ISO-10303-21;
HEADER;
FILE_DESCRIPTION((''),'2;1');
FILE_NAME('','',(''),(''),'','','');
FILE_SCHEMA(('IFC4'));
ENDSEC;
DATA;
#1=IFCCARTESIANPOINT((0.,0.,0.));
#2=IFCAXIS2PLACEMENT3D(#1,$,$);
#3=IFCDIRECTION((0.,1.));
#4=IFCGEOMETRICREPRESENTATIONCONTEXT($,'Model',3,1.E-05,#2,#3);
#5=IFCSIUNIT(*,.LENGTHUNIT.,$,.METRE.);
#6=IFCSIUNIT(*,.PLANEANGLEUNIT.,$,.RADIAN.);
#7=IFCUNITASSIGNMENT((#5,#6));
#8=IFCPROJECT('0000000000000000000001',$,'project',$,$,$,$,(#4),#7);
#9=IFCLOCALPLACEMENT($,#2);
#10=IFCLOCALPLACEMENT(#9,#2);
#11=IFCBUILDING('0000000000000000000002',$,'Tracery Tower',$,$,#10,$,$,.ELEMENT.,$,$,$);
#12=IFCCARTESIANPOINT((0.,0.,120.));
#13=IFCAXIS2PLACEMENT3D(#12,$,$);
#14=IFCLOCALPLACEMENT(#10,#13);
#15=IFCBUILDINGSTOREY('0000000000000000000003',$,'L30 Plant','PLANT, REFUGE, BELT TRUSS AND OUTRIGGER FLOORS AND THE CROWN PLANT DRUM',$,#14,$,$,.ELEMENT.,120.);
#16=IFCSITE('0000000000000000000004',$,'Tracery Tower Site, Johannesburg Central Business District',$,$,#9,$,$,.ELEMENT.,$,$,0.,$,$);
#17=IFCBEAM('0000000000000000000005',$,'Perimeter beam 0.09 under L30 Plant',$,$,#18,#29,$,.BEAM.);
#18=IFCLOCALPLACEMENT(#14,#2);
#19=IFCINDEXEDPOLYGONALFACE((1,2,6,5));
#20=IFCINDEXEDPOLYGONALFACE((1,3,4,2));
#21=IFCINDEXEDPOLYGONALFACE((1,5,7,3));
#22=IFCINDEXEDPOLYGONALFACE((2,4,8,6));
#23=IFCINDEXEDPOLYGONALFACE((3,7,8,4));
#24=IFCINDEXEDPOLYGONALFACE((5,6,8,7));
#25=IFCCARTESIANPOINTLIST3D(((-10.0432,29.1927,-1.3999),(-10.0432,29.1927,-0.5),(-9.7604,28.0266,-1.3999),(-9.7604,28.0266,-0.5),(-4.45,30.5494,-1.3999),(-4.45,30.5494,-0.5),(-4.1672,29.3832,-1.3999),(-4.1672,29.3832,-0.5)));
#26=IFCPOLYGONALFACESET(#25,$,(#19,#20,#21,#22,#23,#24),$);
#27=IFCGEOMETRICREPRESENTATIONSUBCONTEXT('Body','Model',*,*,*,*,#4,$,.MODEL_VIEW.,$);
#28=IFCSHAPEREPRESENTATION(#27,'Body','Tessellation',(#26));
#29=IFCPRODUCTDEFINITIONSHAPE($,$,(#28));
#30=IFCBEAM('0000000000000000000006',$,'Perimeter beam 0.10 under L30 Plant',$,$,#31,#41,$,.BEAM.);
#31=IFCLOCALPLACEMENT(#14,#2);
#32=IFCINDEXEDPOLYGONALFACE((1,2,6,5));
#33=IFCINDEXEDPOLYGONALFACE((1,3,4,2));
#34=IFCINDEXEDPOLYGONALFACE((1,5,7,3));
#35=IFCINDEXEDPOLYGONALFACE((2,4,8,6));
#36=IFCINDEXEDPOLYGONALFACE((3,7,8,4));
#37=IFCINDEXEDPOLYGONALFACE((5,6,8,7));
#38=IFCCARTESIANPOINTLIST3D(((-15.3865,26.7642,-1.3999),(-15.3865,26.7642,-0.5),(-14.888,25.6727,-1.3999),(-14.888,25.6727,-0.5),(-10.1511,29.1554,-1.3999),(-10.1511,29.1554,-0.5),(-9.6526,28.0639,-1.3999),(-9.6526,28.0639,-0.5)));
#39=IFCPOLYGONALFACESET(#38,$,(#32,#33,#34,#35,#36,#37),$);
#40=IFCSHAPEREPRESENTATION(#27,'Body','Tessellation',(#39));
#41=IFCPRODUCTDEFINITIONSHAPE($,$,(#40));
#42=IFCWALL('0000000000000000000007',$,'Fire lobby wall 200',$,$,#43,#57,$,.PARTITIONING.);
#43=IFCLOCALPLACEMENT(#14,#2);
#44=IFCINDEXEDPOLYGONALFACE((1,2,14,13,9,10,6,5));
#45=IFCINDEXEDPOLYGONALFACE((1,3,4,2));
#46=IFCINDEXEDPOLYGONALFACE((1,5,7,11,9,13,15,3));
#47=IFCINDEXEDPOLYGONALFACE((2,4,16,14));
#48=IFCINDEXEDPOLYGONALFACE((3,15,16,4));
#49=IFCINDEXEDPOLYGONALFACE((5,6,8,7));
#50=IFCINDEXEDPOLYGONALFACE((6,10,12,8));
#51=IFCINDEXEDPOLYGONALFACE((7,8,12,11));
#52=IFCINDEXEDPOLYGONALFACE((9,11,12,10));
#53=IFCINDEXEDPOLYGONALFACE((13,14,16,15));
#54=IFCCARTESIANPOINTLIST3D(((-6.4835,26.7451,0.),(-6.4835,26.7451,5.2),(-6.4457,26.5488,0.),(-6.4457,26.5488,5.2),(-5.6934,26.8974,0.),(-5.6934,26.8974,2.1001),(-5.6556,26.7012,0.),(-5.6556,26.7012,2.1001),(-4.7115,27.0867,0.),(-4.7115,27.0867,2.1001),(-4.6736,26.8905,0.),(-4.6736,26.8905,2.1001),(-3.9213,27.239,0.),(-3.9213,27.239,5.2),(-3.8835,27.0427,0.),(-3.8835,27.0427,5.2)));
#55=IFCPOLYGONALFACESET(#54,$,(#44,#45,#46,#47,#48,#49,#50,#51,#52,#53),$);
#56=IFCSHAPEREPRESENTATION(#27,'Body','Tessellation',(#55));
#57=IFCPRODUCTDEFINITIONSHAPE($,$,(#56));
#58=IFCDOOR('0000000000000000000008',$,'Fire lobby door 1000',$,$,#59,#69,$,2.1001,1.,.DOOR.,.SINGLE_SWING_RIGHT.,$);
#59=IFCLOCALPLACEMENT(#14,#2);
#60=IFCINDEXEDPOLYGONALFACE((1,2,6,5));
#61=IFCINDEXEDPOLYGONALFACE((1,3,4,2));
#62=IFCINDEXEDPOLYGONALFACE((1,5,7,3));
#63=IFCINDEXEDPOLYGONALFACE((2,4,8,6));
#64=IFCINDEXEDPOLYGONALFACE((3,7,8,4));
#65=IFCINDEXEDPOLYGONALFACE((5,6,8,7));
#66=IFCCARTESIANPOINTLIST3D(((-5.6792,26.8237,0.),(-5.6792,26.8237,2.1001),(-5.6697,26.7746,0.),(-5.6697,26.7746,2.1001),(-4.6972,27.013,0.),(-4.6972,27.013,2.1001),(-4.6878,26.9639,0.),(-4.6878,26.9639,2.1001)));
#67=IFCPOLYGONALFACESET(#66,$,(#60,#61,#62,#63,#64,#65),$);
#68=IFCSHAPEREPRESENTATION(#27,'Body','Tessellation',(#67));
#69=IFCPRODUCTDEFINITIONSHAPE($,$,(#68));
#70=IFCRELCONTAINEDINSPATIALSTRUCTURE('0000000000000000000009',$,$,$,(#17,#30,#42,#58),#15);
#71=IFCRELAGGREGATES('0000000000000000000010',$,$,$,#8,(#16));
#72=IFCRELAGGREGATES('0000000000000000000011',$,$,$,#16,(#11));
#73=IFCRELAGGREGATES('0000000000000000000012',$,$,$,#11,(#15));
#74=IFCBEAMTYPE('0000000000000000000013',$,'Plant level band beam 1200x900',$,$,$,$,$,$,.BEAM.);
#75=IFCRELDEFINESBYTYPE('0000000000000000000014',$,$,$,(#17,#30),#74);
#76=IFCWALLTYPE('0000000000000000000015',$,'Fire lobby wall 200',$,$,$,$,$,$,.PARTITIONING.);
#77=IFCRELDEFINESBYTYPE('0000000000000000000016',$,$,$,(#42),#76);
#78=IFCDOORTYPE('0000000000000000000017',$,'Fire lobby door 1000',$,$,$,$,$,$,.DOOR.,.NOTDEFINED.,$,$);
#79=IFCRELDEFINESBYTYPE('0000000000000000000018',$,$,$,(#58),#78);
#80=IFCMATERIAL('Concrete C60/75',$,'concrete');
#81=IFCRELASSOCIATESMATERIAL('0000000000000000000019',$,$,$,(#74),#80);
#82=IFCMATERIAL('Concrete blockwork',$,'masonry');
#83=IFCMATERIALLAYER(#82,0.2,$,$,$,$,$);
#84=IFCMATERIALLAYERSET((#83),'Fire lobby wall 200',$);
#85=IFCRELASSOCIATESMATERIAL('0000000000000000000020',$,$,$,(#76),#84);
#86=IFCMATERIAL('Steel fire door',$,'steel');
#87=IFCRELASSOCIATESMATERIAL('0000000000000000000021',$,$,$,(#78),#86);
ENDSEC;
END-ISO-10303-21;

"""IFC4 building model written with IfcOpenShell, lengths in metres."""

from ifc_helpers import new_model, si_unit, direction, frame, frame_2d, origin, origin_2d, place, context, subcontext, project, spatial, rectangle, extrude, material, layer, layer_set, material_profile, profile_set, type_object, element, fill, save


model = new_model("IFC4")

# Units and contexts
model_context = context("Model", 3, precision=1e-05, world=origin(), true_north=direction((0.0, 1.0)))
body_context = subcontext(model_context, "Body", "Model", "MODEL_VIEW")
ifc_project = project(units=[si_unit("LENGTHUNIT", "METRE"), si_unit("PLANEANGLEUNIT", "RADIAN")], contexts=[model_context])

# Site, building, storey
site_placement = place(None, origin())
site = spatial("IfcSite", under=ifc_project, at=site_placement, Name="Tracery Tower Site, Johannesburg Central Business District", CompositionType="ELEMENT", RefElevation=0.0)
building_placement = place(site_placement, origin())
building = spatial("IfcBuilding", under=site, at=building_placement, Name="Tracery Tower", CompositionType="ELEMENT")
storey_placement = place(building_placement, frame((0.0, 0.0, 120.0)))
storey = spatial("IfcBuildingStorey", under=building, at=storey_placement, Name="L30 Plant", Description="PLANT, REFUGE, BELT TRUSS AND OUTRIGGER FLOORS AND THE CROWN PLANT DRUM", CompositionType="ELEMENT", Elevation=120.0)

# Beams
ifc_material_1 = material(Name="Concrete C60/75", Category="concrete")
ifc_material_profile_1 = material_profile(ifc_material_1, rectangle(XDim=1.2, YDim=0.8999, at=origin_2d()), Name="RC 1200x900")
ifc_profile_set_1 = profile_set([ifc_material_profile_1], Name="Concrete C60/75")
beam_type = type_object("IfcBeamType", Name="Plant level band beam 1200x900", PredefinedType="BEAM", material=ifc_profile_set_1)
beam_1_placement = place(storey_placement, frame((-4.3086, 29.9663, -0.95), z_axis=(-0.97182, -0.235723, 0.0), x_axis=(0.235723, -0.97182, 0.0)))
element("IfcBeam", 1, at=beam_1_placement, inside=storey, type_object=beam_type, Name="Perimeter beam 0.09 under L30 Plant", PredefinedType="BEAM", context=body_context, shape_type="SweptSolid", body=[
    extrude(rectangle(XDim=1.2, YDim=0.8999, at=origin_2d()), origin(), (0.0, 0.0, 1.0), 5.7554),
])
beam_2_placement = place(storey_placement, frame((-9.9019, 28.6096, -0.95), z_axis=(-0.909618, -0.415445, 0.0), x_axis=(0.415445, -0.909618, 0.0)))
element("IfcBeam", 2, at=beam_2_placement, inside=storey, type_object=beam_type, Name="Perimeter beam 0.10 under L30 Plant", PredefinedType="BEAM", context=body_context, shape_type="SweptSolid", body=[
    extrude(rectangle(XDim=1.2, YDim=0.8999, at=origin_2d()), origin(), (0.0, 0.0, 1.0), 5.7556),
])

# Wall, opening, door
ifc_material_2 = material(Name="Concrete blockwork", Category="masonry")
ifc_layer_1 = layer(ifc_material_2, 0.2)
ifc_layer_set_1 = layer_set([ifc_layer_1], Name="Fire lobby wall 200")
wall_type_1 = type_object("IfcWallType", Name="Fire lobby wall 200", PredefinedType="PARTITIONING", material=ifc_layer_set_1)
wall_1_placement = place(storey_placement, frame((-6.4646, 26.647, 0.0), z_axis=(0.0, 0.0, 1.0), x_axis=(0.981924, 0.189274, 0.0)))
wall_1 = element("IfcWall", 3, at=wall_1_placement, inside=storey, type_object=wall_type_1, Name="Fire lobby wall 200", PredefinedType="PARTITIONING", context=body_context, shape_type="SweptSolid", body=[
    extrude(rectangle(XDim=2.6094, YDim=0.2, at=frame_2d((1.3047, 0.0))), origin(), (0.0, 0.0, 1.0), 5.2),
])
opening_1_placement = place(wall_1_placement, frame((0.8047, 0.0, 0.0)))
opening_1 = element("IfcOpeningElement", 4, at=opening_1_placement, cuts=wall_1, PredefinedType="OPENING", context=body_context, shape_type="SweptSolid", body=[
    extrude(rectangle(XDim=1.0, YDim=2.1001, at=frame_2d((0.5, 1.05))), frame((0.0, 0.1001, 0.0), z_axis=(0.0, -1.0, 0.0), x_axis=(1.0, 0.0, 0.0)), (0.0, 0.0, 1.0), 0.2),
])
ifc_material_3 = material(Name="Steel fire door", Category="steel")
door_type = type_object("IfcDoorType", Name="Fire lobby door 1000", OperationType="NOTDEFINED", PredefinedType="DOOR", material=ifc_material_3)
door_placement = place(opening_1_placement, origin())
door = element("IfcDoor", 5, at=door_placement, inside=storey, type_object=door_type, Name="Fire lobby door 1000", OperationType="SINGLE_SWING_RIGHT", OverallHeight=2.1001, OverallWidth=1.0, PredefinedType="DOOR", context=body_context, shape_type="SweptSolid", body=[
    extrude(rectangle(XDim=1.0, YDim=2.1001, at=frame_2d((0.5, 1.05))), frame((0.0, 0.0249, 0.0), z_axis=(0.0, -1.0, 0.0), x_axis=(1.0, 0.0, 0.0)), (0.0, 0.0, 1.0), 0.05),
])
fill(opening_1, door)

save(model, "model.ifc")
